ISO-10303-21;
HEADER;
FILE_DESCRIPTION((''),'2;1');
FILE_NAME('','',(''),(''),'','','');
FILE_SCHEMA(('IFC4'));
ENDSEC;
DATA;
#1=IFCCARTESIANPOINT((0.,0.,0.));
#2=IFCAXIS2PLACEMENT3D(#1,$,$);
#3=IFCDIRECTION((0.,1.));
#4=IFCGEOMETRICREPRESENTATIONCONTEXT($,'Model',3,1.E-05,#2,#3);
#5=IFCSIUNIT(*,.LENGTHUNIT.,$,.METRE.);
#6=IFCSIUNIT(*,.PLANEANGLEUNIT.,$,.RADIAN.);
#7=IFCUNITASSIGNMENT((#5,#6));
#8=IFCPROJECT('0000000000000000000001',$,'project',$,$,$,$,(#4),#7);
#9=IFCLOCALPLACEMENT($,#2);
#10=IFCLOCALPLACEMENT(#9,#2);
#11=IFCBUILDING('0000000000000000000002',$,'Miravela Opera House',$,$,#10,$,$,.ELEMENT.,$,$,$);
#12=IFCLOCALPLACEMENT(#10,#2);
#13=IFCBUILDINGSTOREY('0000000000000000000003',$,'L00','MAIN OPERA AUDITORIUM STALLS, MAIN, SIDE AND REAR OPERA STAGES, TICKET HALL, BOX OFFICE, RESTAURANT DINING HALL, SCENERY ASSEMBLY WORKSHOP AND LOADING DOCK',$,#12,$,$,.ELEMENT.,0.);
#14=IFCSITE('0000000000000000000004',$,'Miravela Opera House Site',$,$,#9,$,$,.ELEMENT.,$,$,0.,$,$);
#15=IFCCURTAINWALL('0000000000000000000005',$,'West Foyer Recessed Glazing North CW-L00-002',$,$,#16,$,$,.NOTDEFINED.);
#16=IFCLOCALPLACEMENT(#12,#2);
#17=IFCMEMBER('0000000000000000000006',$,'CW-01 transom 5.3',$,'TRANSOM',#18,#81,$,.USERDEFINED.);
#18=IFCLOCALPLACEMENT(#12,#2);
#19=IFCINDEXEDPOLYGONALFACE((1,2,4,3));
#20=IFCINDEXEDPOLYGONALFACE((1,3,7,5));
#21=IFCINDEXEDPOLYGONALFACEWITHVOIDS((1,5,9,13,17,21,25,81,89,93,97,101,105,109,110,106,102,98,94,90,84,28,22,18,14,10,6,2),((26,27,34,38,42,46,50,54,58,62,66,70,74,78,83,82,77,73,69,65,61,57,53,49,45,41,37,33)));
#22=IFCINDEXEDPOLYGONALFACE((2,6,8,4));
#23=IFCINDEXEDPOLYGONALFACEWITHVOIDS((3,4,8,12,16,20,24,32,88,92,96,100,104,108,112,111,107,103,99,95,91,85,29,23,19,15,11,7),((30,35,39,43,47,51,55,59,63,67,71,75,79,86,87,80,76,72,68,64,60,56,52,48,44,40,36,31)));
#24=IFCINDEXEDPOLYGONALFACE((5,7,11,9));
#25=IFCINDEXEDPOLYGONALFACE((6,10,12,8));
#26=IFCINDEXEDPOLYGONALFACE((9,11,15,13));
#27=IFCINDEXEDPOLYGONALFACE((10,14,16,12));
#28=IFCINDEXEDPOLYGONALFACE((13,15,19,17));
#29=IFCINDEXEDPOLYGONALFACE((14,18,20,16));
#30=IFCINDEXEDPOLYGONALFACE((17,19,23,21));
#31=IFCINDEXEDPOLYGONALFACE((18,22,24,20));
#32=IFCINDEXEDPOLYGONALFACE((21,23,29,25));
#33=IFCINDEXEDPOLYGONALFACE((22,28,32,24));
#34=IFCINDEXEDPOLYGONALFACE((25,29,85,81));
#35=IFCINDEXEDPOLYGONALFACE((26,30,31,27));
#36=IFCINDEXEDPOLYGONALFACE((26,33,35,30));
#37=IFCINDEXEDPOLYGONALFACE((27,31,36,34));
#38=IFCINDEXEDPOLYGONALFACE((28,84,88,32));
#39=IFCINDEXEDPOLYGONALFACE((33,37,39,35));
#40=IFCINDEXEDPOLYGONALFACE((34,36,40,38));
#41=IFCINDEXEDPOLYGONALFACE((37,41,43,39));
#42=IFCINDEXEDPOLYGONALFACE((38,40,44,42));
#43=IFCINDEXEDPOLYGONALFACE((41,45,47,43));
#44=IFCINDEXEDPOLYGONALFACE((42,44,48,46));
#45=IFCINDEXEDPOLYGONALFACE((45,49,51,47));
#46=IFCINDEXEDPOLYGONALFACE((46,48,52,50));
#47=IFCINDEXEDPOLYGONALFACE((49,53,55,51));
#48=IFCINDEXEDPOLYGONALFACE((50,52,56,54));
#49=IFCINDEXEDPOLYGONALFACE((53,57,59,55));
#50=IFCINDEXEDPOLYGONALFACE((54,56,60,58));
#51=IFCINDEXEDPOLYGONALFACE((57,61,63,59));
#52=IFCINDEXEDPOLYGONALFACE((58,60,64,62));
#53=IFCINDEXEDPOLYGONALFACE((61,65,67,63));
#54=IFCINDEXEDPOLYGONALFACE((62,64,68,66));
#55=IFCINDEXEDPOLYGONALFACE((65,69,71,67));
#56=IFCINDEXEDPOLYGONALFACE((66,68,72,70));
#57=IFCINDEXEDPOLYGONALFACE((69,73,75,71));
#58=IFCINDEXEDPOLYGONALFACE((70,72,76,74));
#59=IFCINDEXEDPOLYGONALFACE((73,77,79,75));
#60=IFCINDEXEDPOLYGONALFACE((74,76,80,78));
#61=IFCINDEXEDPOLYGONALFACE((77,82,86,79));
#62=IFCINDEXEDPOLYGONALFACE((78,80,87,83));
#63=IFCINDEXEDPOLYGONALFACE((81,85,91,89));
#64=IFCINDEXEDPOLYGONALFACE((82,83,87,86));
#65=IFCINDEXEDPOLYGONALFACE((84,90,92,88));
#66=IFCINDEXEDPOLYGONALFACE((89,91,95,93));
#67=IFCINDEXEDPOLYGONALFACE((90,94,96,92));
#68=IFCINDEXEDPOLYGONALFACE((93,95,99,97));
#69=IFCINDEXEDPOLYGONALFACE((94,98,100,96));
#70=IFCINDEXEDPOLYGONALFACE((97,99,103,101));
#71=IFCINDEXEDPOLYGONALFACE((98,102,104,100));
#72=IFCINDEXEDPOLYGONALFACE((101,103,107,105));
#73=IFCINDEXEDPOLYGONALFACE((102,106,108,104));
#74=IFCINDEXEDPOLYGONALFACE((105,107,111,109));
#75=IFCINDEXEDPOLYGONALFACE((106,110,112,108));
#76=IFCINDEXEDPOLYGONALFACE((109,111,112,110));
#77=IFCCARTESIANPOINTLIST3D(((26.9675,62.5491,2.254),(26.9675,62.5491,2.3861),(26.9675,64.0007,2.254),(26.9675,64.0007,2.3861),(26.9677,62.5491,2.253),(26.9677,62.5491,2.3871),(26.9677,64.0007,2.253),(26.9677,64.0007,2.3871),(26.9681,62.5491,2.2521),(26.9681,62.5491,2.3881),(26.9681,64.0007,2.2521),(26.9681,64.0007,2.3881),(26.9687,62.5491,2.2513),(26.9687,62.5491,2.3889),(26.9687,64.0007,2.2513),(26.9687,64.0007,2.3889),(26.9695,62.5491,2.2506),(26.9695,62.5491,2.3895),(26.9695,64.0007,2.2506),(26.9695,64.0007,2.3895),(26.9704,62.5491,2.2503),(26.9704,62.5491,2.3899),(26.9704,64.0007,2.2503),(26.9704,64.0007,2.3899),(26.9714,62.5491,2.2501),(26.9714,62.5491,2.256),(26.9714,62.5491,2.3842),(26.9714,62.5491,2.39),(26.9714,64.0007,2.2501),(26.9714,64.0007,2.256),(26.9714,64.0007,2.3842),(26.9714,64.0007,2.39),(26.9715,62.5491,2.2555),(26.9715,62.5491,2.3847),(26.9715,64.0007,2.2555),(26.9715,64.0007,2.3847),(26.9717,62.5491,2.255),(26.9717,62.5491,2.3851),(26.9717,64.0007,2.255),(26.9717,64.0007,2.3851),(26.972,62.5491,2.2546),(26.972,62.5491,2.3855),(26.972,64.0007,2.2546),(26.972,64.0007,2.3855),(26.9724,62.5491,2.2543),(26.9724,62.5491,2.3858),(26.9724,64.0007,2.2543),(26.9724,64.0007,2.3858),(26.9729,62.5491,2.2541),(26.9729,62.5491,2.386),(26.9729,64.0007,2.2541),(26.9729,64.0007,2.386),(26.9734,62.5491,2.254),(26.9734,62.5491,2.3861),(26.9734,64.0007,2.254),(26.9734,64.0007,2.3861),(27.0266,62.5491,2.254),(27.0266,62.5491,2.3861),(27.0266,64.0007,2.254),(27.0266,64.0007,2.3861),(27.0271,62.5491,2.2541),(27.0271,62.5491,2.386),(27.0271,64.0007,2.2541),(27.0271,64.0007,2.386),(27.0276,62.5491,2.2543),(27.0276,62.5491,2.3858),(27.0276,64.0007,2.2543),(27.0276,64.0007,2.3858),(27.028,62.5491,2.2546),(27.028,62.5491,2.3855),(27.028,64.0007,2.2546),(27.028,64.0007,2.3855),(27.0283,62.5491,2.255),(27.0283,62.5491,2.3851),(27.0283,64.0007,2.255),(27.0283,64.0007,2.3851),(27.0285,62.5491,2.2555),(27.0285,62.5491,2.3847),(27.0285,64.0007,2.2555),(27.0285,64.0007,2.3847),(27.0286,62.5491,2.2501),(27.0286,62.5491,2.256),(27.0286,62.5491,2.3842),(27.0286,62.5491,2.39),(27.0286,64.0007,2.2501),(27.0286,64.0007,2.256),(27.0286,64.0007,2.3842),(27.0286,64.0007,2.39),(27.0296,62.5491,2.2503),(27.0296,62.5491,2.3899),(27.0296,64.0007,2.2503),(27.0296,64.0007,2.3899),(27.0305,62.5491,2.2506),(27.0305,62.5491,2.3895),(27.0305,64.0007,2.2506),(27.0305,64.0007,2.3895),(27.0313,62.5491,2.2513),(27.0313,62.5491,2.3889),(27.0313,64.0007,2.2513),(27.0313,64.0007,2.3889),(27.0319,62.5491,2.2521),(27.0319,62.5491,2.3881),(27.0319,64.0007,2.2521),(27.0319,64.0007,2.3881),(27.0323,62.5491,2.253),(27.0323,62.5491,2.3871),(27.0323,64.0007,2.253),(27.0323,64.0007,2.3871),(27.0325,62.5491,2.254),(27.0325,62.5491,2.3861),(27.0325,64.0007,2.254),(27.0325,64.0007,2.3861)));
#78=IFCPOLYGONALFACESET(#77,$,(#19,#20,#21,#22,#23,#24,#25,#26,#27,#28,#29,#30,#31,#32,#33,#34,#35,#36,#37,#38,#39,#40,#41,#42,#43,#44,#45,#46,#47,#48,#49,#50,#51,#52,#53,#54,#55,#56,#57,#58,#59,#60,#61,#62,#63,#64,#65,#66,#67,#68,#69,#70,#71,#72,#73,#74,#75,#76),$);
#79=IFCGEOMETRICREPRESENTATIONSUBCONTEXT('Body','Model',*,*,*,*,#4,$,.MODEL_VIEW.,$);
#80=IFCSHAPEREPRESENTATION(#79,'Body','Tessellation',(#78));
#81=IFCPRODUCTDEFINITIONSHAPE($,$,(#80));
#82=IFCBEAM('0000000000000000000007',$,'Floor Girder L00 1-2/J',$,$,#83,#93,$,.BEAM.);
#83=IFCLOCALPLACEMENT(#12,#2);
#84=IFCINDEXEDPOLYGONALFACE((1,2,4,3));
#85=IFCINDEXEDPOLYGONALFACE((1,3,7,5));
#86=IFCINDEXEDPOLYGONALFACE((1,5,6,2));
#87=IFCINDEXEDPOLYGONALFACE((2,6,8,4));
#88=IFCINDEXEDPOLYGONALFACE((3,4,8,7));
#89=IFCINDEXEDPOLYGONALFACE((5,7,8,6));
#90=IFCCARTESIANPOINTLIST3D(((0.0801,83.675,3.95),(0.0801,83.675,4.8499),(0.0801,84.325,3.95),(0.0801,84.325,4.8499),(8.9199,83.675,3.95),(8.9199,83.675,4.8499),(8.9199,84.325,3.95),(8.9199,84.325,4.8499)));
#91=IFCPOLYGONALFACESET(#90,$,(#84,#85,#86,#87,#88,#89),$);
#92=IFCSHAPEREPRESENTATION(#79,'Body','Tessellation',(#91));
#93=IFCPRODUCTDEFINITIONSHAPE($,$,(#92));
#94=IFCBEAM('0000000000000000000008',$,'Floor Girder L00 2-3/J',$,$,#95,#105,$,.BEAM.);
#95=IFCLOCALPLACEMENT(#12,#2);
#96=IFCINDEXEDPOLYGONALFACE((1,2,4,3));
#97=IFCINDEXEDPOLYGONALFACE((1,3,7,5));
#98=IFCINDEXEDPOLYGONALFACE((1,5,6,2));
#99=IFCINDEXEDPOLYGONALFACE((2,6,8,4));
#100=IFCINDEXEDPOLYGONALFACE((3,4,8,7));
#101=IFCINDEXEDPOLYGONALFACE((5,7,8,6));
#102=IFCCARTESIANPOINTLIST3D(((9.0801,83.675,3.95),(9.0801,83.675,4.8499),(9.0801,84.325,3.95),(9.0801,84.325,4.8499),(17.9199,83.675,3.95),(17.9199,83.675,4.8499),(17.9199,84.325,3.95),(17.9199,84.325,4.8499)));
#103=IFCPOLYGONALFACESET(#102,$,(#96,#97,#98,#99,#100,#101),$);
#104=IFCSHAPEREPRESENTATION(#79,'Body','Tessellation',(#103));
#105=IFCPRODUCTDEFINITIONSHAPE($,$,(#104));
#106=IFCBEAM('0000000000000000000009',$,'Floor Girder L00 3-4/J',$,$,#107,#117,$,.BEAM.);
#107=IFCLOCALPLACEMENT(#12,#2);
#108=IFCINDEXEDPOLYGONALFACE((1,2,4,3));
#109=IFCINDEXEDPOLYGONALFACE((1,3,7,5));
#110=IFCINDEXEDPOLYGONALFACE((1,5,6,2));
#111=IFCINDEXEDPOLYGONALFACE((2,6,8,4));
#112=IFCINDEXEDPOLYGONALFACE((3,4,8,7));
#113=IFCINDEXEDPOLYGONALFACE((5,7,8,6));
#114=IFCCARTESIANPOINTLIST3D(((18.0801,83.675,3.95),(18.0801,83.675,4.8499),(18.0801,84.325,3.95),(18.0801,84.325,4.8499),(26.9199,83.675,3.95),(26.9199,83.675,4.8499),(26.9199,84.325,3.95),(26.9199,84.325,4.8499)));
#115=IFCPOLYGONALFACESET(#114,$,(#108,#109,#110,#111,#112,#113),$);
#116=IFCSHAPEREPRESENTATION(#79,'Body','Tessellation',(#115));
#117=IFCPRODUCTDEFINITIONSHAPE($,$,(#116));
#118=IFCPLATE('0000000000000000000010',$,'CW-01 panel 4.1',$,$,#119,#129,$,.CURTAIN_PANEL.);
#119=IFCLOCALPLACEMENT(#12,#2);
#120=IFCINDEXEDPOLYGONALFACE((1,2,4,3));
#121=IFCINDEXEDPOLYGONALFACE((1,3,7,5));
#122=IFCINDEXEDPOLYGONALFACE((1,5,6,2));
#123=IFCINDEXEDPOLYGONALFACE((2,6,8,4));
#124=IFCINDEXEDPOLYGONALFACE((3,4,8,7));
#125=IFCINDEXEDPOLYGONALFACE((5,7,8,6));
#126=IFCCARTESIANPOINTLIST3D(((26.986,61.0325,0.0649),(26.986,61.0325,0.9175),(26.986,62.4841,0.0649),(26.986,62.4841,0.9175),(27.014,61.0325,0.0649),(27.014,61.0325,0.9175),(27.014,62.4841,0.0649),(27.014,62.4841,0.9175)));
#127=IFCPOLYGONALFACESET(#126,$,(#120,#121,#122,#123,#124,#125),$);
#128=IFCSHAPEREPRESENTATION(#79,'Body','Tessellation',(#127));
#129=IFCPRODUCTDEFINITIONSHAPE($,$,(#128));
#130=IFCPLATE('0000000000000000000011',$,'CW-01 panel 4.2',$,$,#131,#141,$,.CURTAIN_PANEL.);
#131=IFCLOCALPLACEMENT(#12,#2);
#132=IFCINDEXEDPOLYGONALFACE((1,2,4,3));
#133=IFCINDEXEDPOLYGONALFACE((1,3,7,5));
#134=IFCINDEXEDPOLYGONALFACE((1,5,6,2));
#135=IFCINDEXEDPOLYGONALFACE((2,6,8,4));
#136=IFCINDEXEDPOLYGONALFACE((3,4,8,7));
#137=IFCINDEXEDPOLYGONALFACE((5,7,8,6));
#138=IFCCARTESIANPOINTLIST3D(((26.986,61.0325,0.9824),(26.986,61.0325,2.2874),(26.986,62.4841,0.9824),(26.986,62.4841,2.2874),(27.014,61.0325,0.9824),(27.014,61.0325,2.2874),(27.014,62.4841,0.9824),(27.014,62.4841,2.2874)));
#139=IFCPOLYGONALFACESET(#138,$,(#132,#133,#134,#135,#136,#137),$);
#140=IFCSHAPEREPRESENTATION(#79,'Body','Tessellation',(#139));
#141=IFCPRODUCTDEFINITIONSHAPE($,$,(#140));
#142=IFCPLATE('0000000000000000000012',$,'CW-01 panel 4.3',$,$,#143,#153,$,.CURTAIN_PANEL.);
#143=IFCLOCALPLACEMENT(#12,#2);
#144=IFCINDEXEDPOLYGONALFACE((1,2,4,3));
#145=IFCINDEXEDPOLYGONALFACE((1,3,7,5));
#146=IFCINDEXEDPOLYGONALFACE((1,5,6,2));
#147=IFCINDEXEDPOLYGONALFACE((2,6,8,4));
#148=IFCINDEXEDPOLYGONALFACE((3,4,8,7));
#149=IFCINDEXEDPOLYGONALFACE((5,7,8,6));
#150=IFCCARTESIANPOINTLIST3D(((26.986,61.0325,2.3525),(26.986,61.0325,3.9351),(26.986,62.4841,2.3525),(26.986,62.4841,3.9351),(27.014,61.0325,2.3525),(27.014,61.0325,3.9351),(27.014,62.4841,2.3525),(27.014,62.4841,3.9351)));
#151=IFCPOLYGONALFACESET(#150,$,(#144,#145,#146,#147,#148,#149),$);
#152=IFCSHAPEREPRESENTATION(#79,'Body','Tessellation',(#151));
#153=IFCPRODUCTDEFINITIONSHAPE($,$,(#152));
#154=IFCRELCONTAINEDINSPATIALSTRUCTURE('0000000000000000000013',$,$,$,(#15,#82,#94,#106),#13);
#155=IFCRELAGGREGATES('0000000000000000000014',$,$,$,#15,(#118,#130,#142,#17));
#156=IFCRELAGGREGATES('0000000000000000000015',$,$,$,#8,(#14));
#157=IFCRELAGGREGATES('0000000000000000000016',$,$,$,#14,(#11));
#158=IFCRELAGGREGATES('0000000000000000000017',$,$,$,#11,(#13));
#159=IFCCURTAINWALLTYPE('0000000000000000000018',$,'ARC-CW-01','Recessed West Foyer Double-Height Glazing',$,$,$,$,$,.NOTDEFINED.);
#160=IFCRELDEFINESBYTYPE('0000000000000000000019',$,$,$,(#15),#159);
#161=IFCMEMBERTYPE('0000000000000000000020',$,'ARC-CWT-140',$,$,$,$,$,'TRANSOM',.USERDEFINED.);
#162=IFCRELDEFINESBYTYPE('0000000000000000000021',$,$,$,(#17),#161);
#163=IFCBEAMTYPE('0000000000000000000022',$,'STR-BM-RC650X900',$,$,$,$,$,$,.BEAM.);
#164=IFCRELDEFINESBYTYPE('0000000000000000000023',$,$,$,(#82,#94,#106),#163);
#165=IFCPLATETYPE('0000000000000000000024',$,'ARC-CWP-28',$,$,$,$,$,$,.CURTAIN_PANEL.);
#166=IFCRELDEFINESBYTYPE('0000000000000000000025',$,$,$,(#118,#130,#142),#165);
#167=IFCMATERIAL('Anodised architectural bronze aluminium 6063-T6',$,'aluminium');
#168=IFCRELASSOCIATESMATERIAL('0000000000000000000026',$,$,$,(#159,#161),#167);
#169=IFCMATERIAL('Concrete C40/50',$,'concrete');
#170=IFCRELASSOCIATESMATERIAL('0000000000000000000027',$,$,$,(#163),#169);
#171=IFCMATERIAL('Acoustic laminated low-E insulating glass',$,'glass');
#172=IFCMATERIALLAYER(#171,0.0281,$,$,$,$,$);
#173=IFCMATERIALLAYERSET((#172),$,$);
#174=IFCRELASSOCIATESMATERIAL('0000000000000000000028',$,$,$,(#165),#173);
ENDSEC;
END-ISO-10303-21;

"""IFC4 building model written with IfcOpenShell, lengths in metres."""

from ifc_helpers import new_model, si_unit, direction, frame, origin, origin_2d, place, context, subcontext, project, spatial, rectangle, hollow_rectangle, extrude, material, layer, layer_set, material_profile, profile_set, type_object, element, aggregate, save


model = new_model("IFC4")

# Units and contexts
model_context = context("Model", 3, precision=1e-05, world=origin(), true_north=direction((0.0, 1.0)))
body_context = subcontext(model_context, "Body", "Model", "MODEL_VIEW")
ifc_project = project(units=[si_unit("LENGTHUNIT", "METRE"), si_unit("PLANEANGLEUNIT", "RADIAN")], contexts=[model_context])

# Site, building, storey
site_placement = place(None, origin())
site = spatial("IfcSite", under=ifc_project, at=site_placement, Name="Miravela Opera House Site", CompositionType="ELEMENT", RefElevation=0.0)
building_placement = place(site_placement, origin())
building = spatial("IfcBuilding", under=site, at=building_placement, Name="Miravela Opera House", CompositionType="ELEMENT")
storey_placement = place(building_placement, origin())
storey = spatial("IfcBuildingStorey", under=building, at=storey_placement, Name="L00", Description="MAIN OPERA AUDITORIUM STALLS, MAIN, SIDE AND REAR OPERA STAGES, TICKET HALL, BOX OFFICE, RESTAURANT DINING HALL, SCENERY ASSEMBLY WORKSHOP AND LOADING DOCK", CompositionType="ELEMENT", Elevation=0.0)

# Shared definitions
ifc_material_1 = material(Name="Concrete C40/50", Category="concrete")

# Curtain wall, member
ifc_material_2 = material(Name="Anodised architectural bronze aluminium 6063-T6", Category="aluminium")
curtain_wall_type = type_object("IfcCurtainWallType", Name="ARC-CW-01", Description="Recessed West Foyer Double-Height Glazing", PredefinedType="NOTDEFINED", material=ifc_material_2)
curtain_wall_placement = place(storey_placement, origin())
curtain_wall = element("IfcCurtainWall", 1, at=curtain_wall_placement, inside=storey, type_object=curtain_wall_type, Name="West Foyer Recessed Glazing North CW-L00-002", PredefinedType="NOTDEFINED")
ifc_material_profile_1 = material_profile(ifc_material_2, hollow_rectangle(XDim=0.0649, YDim=0.1399, WallThickness=0.0039, InnerFilletRadius=0.002, OuterFilletRadius=0.0039, at=origin_2d()), Name="CWT-65X140")
ifc_profile_set_1 = profile_set([ifc_material_profile_1])
member_type_1 = type_object("IfcMemberType", Name="ARC-CWT-140", ElementType="TRANSOM", PredefinedType="USERDEFINED", material=ifc_profile_set_1)
member_1_placement = place(storey_placement, frame((27.0, 62.5491, 2.3201), z_axis=(0.0, 1.0, 0.0), x_axis=(-1.0, 0.0, 0.0)))
member_1 = element("IfcMember", 2, at=member_1_placement, type_object=member_type_1, Name="CW-01 transom 5.3", ObjectType="TRANSOM", PredefinedType="USERDEFINED", context=body_context, shape_type="SweptSolid", body=[
    extrude(hollow_rectangle(XDim=0.0649, YDim=0.1399, WallThickness=0.0039, InnerFilletRadius=0.002, OuterFilletRadius=0.0039, at=origin_2d()), origin(), (0.0, 0.0, 1.0), 1.4517),
])

# Beams
ifc_material_profile_2 = material_profile(ifc_material_1, rectangle(XDim=0.6499, YDim=0.8999, at=origin_2d()), Name="RC-BM-650X900")
ifc_profile_set_2 = profile_set([ifc_material_profile_2])
beam_type = type_object("IfcBeamType", Name="STR-BM-RC650X900", PredefinedType="BEAM", material=ifc_profile_set_2)
for number, where, z_axis, x_axis, name in (
    (3, (0.0801, 84.0, 4.3999), (1.0, 0.0, 0.0), (0.0, 1.0, 0.0), "Floor Girder L00 1-2/J"),
    (4, (9.0801, 84.0, 4.3999), (1.0, 0.0, 0.0), (0.0, 1.0, 0.0), "Floor Girder L00 2-3/J"),
    (5, (18.0801, 84.0, 4.3999), (1.0, 0.0, 0.0), (0.0, 1.0, 0.0), "Floor Girder L00 3-4/J"),
):
    element("IfcBeam", number, at=place(storey_placement, frame(where, z_axis=z_axis, x_axis=x_axis)), inside=storey, type_object=beam_type, Name=name, PredefinedType="BEAM", context=body_context, shape_type="SweptSolid", body=[
        extrude(rectangle(XDim=0.6499, YDim=0.8999, at=origin_2d()), origin(), (0.0, 0.0, 1.0), 8.8398),
    ])

# Plates
ifc_material_3 = material(Name="Acoustic laminated low-E insulating glass", Category="glass")
ifc_layer_1 = layer(ifc_material_3, 0.0281)
ifc_layer_set_1 = layer_set([ifc_layer_1])
plate_type = type_object("IfcPlateType", Name="ARC-CWP-28", PredefinedType="CURTAIN_PANEL", material=ifc_layer_set_1)
plate_1_placement = place(storey_placement, frame((27.0, 61.7583, 0.0649), z_axis=(0.0, 0.0, 1.0), x_axis=(0.0, 1.0, 0.0)))
plate_1 = element("IfcPlate", 6, at=plate_1_placement, type_object=plate_type, Name="CW-01 panel 4.1", PredefinedType="CURTAIN_PANEL", context=body_context, shape_type="SweptSolid", body=[
    extrude(rectangle(XDim=1.4517, YDim=0.0281, at=origin_2d()), origin(), (0.0, 0.0, 1.0), 0.8525),
])
plate_2_placement = place(storey_placement, frame((27.0, 61.7583, 0.9824), z_axis=(0.0, 0.0, 1.0), x_axis=(0.0, 1.0, 0.0)))
plate_2 = element("IfcPlate", 7, at=plate_2_placement, type_object=plate_type, Name="CW-01 panel 4.2", PredefinedType="CURTAIN_PANEL", context=body_context, shape_type="SweptSolid", body=[
    extrude(rectangle(XDim=1.4517, YDim=0.0281, at=origin_2d()), origin(), (0.0, 0.0, 1.0), 1.3049),
])
plate_3_placement = place(storey_placement, frame((27.0, 61.7583, 2.3525), z_axis=(0.0, 0.0, 1.0), x_axis=(0.0, 1.0, 0.0)))
plate_3 = element("IfcPlate", 8, at=plate_3_placement, type_object=plate_type, Name="CW-01 panel 4.3", PredefinedType="CURTAIN_PANEL", context=body_context, shape_type="SweptSolid", body=[
    extrude(rectangle(XDim=1.4517, YDim=0.0281, at=origin_2d()), origin(), (0.0, 0.0, 1.0), 1.5825),
])
aggregate(curtain_wall, [plate_1, plate_2, plate_3, member_1])

save(model, "model.ifc")
